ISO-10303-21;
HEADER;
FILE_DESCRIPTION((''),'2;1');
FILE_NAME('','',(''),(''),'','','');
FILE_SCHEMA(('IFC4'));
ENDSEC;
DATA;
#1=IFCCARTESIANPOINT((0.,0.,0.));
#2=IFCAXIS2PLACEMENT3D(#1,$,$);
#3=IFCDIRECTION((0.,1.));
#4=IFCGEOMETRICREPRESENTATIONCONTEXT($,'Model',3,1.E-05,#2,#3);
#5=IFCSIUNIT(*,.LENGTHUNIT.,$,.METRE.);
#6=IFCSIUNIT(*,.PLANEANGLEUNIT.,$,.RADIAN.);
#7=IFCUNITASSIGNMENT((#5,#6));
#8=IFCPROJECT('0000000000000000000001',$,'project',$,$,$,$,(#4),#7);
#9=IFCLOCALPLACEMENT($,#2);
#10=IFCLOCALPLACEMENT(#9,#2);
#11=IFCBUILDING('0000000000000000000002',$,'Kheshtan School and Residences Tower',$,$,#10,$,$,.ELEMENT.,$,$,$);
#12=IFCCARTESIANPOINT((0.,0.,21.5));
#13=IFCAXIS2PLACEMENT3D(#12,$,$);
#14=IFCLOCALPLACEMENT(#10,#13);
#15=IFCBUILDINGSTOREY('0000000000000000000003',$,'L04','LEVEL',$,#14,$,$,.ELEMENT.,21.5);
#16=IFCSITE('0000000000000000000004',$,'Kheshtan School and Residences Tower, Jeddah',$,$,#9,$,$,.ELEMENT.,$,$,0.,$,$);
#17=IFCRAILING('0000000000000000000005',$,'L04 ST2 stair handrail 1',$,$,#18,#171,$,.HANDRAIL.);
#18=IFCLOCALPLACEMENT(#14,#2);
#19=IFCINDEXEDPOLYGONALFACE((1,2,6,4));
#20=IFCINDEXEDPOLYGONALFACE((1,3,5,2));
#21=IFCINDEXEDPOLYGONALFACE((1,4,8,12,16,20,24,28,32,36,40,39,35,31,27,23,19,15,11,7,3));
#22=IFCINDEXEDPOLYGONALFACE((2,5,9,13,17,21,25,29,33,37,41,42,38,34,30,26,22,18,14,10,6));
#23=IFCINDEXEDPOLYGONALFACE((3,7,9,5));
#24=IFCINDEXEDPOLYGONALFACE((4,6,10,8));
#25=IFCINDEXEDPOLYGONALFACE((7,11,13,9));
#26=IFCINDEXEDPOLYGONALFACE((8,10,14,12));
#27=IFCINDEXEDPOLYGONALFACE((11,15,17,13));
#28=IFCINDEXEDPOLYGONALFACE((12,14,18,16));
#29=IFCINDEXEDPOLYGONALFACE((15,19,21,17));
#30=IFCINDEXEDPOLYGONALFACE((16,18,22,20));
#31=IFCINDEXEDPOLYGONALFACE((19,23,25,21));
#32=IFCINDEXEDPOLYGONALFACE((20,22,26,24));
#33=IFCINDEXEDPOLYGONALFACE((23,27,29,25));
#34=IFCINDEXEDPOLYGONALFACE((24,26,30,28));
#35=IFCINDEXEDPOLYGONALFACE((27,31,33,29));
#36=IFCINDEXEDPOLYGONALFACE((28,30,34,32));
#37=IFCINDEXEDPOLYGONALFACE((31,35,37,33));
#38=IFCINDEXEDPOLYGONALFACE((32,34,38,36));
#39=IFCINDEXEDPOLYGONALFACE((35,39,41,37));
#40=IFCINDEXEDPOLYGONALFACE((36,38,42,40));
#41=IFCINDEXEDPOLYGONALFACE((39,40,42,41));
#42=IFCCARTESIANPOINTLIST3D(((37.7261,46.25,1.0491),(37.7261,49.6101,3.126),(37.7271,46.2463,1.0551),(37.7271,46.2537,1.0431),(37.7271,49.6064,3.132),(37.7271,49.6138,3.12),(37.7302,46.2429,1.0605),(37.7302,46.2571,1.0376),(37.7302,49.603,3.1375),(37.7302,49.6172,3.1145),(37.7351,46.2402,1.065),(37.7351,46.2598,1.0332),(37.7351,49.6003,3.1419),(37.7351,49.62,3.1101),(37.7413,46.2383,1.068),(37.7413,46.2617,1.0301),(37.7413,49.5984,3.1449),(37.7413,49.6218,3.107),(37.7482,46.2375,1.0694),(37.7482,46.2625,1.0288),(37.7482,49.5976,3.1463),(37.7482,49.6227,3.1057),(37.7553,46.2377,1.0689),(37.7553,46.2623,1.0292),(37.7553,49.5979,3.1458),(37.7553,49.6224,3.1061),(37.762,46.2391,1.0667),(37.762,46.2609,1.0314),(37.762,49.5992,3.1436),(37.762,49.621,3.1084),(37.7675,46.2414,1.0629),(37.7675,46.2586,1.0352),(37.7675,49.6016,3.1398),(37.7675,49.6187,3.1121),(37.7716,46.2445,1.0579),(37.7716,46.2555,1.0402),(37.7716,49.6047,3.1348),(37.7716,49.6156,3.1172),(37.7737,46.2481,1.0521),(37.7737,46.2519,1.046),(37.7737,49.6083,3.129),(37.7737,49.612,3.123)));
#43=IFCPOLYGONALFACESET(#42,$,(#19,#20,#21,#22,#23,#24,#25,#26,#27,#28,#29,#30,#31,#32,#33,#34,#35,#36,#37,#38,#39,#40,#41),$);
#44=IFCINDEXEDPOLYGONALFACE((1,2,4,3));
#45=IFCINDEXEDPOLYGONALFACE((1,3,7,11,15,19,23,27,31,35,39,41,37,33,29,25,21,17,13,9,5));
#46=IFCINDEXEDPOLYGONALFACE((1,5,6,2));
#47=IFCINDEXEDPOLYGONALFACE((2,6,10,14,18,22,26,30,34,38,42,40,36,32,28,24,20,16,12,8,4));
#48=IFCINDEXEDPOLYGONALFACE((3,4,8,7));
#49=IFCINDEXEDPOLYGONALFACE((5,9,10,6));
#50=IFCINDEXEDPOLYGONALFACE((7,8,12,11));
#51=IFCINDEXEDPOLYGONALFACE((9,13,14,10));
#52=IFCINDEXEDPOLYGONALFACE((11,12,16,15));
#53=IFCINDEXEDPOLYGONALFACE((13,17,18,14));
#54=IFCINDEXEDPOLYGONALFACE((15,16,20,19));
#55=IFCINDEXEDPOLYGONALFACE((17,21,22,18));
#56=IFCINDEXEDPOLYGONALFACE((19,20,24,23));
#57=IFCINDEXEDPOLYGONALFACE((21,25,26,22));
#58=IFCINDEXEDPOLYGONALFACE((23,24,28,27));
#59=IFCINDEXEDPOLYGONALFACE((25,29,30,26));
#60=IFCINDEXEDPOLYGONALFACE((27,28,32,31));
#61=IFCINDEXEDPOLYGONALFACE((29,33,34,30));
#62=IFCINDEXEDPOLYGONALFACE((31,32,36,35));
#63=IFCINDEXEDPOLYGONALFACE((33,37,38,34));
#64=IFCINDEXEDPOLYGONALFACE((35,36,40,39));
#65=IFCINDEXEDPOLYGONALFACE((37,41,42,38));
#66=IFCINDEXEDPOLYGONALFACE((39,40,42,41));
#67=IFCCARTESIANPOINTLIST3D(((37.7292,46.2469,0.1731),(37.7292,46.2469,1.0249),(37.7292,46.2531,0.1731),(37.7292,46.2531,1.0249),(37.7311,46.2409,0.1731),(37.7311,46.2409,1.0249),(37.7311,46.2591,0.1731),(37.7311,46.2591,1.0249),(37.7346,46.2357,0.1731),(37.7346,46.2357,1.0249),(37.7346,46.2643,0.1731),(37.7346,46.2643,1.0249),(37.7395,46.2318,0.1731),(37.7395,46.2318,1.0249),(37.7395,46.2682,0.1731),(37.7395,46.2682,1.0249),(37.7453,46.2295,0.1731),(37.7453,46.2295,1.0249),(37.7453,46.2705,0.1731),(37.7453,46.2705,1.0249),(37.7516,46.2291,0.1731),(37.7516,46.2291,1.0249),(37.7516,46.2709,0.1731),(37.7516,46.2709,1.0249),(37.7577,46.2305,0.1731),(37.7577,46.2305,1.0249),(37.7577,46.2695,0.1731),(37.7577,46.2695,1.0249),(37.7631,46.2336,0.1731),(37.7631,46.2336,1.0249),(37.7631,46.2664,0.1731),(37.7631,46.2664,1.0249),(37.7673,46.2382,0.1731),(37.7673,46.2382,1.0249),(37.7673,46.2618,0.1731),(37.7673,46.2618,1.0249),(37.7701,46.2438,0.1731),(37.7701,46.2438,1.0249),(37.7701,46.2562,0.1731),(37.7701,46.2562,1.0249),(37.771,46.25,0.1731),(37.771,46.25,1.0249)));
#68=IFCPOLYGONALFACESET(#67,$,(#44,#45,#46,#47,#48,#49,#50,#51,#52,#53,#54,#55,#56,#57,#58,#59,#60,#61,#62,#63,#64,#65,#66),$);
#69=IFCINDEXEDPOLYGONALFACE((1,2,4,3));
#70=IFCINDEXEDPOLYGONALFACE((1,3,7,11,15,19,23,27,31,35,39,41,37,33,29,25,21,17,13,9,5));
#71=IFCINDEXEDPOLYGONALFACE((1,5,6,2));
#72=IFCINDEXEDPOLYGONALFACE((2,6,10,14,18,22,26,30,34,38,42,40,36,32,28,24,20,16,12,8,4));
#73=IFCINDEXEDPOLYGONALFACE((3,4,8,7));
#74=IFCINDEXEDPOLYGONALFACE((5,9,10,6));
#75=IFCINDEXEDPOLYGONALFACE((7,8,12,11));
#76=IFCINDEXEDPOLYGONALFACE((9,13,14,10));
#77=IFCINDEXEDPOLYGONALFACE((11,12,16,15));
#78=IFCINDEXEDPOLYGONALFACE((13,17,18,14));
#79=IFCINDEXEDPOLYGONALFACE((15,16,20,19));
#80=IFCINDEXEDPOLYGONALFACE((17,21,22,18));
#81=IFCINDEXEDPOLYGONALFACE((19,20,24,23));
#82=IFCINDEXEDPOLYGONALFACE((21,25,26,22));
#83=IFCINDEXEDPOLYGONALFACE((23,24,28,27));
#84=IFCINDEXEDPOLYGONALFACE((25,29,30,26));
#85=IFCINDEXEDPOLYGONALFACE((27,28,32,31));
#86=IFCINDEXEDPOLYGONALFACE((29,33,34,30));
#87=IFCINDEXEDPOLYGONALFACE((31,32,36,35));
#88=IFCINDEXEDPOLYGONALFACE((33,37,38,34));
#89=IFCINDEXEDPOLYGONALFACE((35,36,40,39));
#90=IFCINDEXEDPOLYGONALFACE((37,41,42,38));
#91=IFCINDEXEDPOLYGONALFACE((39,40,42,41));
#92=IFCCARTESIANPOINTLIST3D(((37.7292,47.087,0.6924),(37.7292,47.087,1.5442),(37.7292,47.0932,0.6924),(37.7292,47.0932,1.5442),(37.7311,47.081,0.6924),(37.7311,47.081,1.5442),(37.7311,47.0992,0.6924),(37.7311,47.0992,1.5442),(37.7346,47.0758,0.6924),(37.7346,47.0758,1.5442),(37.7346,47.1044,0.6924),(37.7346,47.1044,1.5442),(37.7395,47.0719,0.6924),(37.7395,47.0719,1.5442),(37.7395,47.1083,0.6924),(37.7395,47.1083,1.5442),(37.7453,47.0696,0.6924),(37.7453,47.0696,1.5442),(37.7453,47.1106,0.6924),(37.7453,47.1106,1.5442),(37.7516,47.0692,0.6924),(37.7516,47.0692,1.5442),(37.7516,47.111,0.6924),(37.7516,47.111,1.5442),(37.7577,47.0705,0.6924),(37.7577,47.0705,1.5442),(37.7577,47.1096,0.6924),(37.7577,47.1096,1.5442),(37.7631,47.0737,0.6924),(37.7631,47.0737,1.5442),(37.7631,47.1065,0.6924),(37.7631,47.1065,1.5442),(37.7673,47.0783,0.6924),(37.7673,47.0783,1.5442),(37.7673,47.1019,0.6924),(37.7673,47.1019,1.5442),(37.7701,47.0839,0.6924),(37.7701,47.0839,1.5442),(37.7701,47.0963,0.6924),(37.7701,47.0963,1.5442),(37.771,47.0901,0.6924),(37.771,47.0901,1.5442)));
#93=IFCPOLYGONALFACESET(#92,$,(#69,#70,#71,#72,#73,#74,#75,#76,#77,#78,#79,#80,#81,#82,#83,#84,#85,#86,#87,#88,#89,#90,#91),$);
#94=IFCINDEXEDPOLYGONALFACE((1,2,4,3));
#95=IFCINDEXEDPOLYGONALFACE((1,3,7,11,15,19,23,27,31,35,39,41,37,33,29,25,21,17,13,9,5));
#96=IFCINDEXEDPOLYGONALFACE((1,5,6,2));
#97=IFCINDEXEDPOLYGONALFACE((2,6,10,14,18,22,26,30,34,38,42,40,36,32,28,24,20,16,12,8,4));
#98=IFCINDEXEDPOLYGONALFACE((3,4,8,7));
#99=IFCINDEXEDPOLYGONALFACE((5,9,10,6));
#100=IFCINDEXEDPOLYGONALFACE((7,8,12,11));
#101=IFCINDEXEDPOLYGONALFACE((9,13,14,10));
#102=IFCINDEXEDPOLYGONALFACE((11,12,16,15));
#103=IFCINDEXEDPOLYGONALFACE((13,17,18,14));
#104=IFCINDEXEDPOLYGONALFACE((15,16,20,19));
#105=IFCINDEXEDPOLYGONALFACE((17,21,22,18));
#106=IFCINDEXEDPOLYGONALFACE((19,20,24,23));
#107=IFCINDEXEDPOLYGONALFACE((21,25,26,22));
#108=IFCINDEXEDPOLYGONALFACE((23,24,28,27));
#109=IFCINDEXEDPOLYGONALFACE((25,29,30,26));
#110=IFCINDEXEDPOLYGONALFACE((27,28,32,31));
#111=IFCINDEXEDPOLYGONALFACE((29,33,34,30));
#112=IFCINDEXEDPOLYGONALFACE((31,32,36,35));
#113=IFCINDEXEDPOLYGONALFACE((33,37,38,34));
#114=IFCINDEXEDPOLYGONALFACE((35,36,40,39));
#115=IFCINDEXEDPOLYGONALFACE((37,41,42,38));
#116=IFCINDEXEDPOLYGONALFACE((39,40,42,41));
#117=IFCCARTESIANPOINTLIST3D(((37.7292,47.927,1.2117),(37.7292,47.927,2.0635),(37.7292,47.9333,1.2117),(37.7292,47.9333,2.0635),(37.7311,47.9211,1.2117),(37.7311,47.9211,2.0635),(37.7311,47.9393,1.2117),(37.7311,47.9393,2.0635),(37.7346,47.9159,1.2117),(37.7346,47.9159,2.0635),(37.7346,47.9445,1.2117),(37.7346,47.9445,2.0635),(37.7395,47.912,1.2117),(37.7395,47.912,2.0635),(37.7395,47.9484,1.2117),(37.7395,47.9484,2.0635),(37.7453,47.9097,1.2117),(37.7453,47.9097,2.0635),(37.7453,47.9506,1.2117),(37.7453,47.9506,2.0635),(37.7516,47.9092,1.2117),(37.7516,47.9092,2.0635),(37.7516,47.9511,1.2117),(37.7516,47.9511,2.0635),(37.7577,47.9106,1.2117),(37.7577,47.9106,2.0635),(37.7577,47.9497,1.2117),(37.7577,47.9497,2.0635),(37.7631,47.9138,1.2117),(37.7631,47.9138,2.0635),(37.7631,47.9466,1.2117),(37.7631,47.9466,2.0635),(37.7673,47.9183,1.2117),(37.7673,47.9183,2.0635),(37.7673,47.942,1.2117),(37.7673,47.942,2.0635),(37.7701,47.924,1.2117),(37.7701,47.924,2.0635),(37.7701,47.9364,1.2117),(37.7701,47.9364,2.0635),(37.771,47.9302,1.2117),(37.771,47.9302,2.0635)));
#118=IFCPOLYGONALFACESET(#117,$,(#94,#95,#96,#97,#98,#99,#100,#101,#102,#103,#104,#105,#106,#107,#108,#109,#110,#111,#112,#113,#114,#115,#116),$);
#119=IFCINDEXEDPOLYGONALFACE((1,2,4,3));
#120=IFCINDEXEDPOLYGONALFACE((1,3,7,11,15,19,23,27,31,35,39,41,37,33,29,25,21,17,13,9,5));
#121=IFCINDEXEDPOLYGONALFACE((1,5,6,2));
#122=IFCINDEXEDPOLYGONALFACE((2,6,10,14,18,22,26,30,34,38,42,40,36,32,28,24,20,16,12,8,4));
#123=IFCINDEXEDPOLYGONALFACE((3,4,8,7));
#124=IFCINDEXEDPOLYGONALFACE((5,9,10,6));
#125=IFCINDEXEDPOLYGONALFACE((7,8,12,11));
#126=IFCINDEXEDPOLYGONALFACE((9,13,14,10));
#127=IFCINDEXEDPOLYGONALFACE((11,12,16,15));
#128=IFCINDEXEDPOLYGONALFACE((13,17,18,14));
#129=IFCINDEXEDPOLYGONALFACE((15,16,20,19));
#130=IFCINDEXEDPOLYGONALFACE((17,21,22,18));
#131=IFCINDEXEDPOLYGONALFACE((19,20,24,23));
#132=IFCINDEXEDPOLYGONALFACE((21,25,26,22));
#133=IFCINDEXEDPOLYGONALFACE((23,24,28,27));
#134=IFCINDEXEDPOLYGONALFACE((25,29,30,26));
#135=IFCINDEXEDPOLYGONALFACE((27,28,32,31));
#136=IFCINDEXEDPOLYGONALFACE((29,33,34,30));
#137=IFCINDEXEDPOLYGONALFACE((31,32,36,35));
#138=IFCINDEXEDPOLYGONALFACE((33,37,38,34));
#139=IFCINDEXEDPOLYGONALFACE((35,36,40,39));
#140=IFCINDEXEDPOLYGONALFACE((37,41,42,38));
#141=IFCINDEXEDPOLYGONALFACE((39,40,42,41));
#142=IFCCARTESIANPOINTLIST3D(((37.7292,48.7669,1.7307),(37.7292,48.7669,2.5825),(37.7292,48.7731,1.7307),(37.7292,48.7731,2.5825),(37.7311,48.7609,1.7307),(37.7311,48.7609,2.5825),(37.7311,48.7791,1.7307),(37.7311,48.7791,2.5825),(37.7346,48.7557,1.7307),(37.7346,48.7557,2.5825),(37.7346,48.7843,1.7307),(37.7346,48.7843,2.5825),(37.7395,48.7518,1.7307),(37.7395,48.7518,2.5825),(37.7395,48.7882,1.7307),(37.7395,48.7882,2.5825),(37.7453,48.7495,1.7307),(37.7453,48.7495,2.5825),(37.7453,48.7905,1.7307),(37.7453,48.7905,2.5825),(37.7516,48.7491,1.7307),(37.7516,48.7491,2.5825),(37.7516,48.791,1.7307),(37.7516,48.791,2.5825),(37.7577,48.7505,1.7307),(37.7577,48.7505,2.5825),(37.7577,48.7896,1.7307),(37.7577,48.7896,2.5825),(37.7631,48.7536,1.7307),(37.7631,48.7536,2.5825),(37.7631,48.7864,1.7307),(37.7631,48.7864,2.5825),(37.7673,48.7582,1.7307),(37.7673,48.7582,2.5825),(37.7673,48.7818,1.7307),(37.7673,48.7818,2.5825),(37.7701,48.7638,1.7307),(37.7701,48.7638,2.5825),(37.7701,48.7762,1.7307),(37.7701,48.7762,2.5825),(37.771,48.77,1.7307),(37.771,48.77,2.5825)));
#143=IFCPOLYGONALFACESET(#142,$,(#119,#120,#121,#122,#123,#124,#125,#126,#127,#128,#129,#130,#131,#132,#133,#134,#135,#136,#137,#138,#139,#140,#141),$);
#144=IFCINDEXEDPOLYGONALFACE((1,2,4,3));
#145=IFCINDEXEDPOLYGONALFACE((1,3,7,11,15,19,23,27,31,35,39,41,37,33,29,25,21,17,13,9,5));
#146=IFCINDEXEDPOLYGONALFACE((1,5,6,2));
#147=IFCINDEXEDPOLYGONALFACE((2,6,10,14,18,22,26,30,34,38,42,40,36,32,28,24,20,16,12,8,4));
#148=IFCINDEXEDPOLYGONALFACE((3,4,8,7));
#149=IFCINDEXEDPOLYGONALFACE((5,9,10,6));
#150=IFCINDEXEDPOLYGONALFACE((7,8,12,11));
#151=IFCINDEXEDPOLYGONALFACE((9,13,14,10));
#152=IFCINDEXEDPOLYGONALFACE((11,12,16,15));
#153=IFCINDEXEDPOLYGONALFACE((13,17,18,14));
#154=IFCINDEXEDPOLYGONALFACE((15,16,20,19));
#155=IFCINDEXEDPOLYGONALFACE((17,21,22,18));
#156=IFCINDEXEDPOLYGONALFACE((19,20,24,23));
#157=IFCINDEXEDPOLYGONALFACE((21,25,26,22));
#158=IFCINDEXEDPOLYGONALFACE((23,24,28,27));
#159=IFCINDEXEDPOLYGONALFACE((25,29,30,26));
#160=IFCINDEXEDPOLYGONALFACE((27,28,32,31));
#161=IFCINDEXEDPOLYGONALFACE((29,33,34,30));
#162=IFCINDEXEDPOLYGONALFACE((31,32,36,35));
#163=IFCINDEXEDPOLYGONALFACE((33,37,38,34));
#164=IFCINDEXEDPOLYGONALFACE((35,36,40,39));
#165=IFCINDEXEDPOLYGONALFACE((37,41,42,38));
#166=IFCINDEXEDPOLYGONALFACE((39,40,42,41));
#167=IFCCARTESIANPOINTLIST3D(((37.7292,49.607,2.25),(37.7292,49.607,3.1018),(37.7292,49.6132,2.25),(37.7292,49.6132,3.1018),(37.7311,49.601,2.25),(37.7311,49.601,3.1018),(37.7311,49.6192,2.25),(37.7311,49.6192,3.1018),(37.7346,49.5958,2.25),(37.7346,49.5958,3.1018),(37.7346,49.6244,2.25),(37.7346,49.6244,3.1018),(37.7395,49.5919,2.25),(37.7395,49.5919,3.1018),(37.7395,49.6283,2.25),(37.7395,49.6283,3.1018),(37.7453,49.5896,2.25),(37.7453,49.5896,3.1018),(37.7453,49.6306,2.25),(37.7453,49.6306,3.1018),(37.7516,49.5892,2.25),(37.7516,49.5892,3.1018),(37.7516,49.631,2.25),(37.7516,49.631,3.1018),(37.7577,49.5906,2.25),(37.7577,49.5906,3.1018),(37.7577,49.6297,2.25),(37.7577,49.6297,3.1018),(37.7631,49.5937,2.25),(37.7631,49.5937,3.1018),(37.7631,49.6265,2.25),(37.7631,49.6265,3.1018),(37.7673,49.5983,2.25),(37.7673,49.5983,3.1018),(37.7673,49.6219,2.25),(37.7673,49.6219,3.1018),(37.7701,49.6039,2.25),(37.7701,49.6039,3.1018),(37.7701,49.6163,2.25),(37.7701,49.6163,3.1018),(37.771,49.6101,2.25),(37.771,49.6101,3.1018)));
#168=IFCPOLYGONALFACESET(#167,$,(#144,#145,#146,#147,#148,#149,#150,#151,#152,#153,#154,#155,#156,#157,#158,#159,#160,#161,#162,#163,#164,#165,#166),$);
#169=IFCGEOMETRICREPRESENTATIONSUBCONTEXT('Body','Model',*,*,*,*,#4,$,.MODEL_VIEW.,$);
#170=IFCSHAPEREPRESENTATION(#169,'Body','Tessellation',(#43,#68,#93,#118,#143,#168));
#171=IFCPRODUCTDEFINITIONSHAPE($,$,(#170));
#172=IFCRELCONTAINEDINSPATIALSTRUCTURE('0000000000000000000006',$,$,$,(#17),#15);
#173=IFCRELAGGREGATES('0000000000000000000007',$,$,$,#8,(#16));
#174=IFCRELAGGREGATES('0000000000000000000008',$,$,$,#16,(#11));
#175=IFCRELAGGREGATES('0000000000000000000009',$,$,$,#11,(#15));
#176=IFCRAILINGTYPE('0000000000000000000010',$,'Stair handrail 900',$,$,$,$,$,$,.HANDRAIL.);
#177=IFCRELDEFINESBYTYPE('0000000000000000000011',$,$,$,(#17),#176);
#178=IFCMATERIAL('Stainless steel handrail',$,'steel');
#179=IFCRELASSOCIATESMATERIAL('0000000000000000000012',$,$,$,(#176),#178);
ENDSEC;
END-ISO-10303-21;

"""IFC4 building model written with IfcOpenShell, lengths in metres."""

from ifc_helpers import new_model, si_unit, direction, frame, origin, origin_2d, place, context, subcontext, project, spatial, circle, extrude, material, type_object, element, save


model = new_model("IFC4")

# Units and contexts
model_context = context("Model", 3, precision=1e-05, world=origin(), true_north=direction((0.0, 1.0)))
body_context = subcontext(model_context, "Body", "Model", "MODEL_VIEW")
ifc_project = project(units=[si_unit("LENGTHUNIT", "METRE"), si_unit("PLANEANGLEUNIT", "RADIAN")], contexts=[model_context])

# Site, building, storey
site_placement = place(None, origin())
site = spatial("IfcSite", under=ifc_project, at=site_placement, Name="Kheshtan School and Residences Tower, Jeddah", CompositionType="ELEMENT", RefElevation=0.0)
building_placement = place(site_placement, origin())
building = spatial("IfcBuilding", under=site, at=building_placement, Name="Kheshtan School and Residences Tower", CompositionType="ELEMENT")
storey_placement = place(building_placement, frame((0.0, 0.0, 21.5)))
storey = spatial("IfcBuildingStorey", under=building, at=storey_placement, Name="L04", Description="LEVEL", CompositionType="ELEMENT", Elevation=21.5)

# Railing
ifc_material_1 = material(Name="Stainless steel handrail", Category="steel")
railing_type_1 = type_object("IfcRailingType", Name="Stair handrail 900", PredefinedType="HANDRAIL", material=ifc_material_1)
railing_1_placement = place(storey_placement, frame((37.75, 46.25, 0.1731)))
element("IfcRailing", 1, at=railing_1_placement, inside=storey, type_object=railing_type_1, Name="L04 ST2 stair handrail 1", PredefinedType="HANDRAIL", context=body_context, shape_type="SweptSolid", body=[
    extrude(circle(Radius=0.0239, at=origin_2d()), frame((0.0, 0.0, 0.876), z_axis=(0.0, 0.850623, 0.525776), x_axis=(-1.0, 0.0, 0.0)), (0.0, 0.0, 1.0), 3.9502),
    extrude(circle(Radius=0.021, at=origin_2d()), origin(), (0.0, 0.0, 1.0), 0.8518),
    extrude(circle(Radius=0.021, at=origin_2d()), frame((0.0, 0.8401, 0.5193)), (0.0, 0.0, 1.0), 0.8518),
    extrude(circle(Radius=0.021, at=origin_2d()), frame((0.0, 1.6802, 1.0386)), (0.0, 0.0, 1.0), 0.8518),
    extrude(circle(Radius=0.021, at=origin_2d()), frame((0.0, 2.52, 1.5576)), (0.0, 0.0, 1.0), 0.8518),
    extrude(circle(Radius=0.021, at=origin_2d()), frame((0.0, 3.3601, 2.0769)), (0.0, 0.0, 1.0), 0.8518),
])

save(model, "model.ifc")
